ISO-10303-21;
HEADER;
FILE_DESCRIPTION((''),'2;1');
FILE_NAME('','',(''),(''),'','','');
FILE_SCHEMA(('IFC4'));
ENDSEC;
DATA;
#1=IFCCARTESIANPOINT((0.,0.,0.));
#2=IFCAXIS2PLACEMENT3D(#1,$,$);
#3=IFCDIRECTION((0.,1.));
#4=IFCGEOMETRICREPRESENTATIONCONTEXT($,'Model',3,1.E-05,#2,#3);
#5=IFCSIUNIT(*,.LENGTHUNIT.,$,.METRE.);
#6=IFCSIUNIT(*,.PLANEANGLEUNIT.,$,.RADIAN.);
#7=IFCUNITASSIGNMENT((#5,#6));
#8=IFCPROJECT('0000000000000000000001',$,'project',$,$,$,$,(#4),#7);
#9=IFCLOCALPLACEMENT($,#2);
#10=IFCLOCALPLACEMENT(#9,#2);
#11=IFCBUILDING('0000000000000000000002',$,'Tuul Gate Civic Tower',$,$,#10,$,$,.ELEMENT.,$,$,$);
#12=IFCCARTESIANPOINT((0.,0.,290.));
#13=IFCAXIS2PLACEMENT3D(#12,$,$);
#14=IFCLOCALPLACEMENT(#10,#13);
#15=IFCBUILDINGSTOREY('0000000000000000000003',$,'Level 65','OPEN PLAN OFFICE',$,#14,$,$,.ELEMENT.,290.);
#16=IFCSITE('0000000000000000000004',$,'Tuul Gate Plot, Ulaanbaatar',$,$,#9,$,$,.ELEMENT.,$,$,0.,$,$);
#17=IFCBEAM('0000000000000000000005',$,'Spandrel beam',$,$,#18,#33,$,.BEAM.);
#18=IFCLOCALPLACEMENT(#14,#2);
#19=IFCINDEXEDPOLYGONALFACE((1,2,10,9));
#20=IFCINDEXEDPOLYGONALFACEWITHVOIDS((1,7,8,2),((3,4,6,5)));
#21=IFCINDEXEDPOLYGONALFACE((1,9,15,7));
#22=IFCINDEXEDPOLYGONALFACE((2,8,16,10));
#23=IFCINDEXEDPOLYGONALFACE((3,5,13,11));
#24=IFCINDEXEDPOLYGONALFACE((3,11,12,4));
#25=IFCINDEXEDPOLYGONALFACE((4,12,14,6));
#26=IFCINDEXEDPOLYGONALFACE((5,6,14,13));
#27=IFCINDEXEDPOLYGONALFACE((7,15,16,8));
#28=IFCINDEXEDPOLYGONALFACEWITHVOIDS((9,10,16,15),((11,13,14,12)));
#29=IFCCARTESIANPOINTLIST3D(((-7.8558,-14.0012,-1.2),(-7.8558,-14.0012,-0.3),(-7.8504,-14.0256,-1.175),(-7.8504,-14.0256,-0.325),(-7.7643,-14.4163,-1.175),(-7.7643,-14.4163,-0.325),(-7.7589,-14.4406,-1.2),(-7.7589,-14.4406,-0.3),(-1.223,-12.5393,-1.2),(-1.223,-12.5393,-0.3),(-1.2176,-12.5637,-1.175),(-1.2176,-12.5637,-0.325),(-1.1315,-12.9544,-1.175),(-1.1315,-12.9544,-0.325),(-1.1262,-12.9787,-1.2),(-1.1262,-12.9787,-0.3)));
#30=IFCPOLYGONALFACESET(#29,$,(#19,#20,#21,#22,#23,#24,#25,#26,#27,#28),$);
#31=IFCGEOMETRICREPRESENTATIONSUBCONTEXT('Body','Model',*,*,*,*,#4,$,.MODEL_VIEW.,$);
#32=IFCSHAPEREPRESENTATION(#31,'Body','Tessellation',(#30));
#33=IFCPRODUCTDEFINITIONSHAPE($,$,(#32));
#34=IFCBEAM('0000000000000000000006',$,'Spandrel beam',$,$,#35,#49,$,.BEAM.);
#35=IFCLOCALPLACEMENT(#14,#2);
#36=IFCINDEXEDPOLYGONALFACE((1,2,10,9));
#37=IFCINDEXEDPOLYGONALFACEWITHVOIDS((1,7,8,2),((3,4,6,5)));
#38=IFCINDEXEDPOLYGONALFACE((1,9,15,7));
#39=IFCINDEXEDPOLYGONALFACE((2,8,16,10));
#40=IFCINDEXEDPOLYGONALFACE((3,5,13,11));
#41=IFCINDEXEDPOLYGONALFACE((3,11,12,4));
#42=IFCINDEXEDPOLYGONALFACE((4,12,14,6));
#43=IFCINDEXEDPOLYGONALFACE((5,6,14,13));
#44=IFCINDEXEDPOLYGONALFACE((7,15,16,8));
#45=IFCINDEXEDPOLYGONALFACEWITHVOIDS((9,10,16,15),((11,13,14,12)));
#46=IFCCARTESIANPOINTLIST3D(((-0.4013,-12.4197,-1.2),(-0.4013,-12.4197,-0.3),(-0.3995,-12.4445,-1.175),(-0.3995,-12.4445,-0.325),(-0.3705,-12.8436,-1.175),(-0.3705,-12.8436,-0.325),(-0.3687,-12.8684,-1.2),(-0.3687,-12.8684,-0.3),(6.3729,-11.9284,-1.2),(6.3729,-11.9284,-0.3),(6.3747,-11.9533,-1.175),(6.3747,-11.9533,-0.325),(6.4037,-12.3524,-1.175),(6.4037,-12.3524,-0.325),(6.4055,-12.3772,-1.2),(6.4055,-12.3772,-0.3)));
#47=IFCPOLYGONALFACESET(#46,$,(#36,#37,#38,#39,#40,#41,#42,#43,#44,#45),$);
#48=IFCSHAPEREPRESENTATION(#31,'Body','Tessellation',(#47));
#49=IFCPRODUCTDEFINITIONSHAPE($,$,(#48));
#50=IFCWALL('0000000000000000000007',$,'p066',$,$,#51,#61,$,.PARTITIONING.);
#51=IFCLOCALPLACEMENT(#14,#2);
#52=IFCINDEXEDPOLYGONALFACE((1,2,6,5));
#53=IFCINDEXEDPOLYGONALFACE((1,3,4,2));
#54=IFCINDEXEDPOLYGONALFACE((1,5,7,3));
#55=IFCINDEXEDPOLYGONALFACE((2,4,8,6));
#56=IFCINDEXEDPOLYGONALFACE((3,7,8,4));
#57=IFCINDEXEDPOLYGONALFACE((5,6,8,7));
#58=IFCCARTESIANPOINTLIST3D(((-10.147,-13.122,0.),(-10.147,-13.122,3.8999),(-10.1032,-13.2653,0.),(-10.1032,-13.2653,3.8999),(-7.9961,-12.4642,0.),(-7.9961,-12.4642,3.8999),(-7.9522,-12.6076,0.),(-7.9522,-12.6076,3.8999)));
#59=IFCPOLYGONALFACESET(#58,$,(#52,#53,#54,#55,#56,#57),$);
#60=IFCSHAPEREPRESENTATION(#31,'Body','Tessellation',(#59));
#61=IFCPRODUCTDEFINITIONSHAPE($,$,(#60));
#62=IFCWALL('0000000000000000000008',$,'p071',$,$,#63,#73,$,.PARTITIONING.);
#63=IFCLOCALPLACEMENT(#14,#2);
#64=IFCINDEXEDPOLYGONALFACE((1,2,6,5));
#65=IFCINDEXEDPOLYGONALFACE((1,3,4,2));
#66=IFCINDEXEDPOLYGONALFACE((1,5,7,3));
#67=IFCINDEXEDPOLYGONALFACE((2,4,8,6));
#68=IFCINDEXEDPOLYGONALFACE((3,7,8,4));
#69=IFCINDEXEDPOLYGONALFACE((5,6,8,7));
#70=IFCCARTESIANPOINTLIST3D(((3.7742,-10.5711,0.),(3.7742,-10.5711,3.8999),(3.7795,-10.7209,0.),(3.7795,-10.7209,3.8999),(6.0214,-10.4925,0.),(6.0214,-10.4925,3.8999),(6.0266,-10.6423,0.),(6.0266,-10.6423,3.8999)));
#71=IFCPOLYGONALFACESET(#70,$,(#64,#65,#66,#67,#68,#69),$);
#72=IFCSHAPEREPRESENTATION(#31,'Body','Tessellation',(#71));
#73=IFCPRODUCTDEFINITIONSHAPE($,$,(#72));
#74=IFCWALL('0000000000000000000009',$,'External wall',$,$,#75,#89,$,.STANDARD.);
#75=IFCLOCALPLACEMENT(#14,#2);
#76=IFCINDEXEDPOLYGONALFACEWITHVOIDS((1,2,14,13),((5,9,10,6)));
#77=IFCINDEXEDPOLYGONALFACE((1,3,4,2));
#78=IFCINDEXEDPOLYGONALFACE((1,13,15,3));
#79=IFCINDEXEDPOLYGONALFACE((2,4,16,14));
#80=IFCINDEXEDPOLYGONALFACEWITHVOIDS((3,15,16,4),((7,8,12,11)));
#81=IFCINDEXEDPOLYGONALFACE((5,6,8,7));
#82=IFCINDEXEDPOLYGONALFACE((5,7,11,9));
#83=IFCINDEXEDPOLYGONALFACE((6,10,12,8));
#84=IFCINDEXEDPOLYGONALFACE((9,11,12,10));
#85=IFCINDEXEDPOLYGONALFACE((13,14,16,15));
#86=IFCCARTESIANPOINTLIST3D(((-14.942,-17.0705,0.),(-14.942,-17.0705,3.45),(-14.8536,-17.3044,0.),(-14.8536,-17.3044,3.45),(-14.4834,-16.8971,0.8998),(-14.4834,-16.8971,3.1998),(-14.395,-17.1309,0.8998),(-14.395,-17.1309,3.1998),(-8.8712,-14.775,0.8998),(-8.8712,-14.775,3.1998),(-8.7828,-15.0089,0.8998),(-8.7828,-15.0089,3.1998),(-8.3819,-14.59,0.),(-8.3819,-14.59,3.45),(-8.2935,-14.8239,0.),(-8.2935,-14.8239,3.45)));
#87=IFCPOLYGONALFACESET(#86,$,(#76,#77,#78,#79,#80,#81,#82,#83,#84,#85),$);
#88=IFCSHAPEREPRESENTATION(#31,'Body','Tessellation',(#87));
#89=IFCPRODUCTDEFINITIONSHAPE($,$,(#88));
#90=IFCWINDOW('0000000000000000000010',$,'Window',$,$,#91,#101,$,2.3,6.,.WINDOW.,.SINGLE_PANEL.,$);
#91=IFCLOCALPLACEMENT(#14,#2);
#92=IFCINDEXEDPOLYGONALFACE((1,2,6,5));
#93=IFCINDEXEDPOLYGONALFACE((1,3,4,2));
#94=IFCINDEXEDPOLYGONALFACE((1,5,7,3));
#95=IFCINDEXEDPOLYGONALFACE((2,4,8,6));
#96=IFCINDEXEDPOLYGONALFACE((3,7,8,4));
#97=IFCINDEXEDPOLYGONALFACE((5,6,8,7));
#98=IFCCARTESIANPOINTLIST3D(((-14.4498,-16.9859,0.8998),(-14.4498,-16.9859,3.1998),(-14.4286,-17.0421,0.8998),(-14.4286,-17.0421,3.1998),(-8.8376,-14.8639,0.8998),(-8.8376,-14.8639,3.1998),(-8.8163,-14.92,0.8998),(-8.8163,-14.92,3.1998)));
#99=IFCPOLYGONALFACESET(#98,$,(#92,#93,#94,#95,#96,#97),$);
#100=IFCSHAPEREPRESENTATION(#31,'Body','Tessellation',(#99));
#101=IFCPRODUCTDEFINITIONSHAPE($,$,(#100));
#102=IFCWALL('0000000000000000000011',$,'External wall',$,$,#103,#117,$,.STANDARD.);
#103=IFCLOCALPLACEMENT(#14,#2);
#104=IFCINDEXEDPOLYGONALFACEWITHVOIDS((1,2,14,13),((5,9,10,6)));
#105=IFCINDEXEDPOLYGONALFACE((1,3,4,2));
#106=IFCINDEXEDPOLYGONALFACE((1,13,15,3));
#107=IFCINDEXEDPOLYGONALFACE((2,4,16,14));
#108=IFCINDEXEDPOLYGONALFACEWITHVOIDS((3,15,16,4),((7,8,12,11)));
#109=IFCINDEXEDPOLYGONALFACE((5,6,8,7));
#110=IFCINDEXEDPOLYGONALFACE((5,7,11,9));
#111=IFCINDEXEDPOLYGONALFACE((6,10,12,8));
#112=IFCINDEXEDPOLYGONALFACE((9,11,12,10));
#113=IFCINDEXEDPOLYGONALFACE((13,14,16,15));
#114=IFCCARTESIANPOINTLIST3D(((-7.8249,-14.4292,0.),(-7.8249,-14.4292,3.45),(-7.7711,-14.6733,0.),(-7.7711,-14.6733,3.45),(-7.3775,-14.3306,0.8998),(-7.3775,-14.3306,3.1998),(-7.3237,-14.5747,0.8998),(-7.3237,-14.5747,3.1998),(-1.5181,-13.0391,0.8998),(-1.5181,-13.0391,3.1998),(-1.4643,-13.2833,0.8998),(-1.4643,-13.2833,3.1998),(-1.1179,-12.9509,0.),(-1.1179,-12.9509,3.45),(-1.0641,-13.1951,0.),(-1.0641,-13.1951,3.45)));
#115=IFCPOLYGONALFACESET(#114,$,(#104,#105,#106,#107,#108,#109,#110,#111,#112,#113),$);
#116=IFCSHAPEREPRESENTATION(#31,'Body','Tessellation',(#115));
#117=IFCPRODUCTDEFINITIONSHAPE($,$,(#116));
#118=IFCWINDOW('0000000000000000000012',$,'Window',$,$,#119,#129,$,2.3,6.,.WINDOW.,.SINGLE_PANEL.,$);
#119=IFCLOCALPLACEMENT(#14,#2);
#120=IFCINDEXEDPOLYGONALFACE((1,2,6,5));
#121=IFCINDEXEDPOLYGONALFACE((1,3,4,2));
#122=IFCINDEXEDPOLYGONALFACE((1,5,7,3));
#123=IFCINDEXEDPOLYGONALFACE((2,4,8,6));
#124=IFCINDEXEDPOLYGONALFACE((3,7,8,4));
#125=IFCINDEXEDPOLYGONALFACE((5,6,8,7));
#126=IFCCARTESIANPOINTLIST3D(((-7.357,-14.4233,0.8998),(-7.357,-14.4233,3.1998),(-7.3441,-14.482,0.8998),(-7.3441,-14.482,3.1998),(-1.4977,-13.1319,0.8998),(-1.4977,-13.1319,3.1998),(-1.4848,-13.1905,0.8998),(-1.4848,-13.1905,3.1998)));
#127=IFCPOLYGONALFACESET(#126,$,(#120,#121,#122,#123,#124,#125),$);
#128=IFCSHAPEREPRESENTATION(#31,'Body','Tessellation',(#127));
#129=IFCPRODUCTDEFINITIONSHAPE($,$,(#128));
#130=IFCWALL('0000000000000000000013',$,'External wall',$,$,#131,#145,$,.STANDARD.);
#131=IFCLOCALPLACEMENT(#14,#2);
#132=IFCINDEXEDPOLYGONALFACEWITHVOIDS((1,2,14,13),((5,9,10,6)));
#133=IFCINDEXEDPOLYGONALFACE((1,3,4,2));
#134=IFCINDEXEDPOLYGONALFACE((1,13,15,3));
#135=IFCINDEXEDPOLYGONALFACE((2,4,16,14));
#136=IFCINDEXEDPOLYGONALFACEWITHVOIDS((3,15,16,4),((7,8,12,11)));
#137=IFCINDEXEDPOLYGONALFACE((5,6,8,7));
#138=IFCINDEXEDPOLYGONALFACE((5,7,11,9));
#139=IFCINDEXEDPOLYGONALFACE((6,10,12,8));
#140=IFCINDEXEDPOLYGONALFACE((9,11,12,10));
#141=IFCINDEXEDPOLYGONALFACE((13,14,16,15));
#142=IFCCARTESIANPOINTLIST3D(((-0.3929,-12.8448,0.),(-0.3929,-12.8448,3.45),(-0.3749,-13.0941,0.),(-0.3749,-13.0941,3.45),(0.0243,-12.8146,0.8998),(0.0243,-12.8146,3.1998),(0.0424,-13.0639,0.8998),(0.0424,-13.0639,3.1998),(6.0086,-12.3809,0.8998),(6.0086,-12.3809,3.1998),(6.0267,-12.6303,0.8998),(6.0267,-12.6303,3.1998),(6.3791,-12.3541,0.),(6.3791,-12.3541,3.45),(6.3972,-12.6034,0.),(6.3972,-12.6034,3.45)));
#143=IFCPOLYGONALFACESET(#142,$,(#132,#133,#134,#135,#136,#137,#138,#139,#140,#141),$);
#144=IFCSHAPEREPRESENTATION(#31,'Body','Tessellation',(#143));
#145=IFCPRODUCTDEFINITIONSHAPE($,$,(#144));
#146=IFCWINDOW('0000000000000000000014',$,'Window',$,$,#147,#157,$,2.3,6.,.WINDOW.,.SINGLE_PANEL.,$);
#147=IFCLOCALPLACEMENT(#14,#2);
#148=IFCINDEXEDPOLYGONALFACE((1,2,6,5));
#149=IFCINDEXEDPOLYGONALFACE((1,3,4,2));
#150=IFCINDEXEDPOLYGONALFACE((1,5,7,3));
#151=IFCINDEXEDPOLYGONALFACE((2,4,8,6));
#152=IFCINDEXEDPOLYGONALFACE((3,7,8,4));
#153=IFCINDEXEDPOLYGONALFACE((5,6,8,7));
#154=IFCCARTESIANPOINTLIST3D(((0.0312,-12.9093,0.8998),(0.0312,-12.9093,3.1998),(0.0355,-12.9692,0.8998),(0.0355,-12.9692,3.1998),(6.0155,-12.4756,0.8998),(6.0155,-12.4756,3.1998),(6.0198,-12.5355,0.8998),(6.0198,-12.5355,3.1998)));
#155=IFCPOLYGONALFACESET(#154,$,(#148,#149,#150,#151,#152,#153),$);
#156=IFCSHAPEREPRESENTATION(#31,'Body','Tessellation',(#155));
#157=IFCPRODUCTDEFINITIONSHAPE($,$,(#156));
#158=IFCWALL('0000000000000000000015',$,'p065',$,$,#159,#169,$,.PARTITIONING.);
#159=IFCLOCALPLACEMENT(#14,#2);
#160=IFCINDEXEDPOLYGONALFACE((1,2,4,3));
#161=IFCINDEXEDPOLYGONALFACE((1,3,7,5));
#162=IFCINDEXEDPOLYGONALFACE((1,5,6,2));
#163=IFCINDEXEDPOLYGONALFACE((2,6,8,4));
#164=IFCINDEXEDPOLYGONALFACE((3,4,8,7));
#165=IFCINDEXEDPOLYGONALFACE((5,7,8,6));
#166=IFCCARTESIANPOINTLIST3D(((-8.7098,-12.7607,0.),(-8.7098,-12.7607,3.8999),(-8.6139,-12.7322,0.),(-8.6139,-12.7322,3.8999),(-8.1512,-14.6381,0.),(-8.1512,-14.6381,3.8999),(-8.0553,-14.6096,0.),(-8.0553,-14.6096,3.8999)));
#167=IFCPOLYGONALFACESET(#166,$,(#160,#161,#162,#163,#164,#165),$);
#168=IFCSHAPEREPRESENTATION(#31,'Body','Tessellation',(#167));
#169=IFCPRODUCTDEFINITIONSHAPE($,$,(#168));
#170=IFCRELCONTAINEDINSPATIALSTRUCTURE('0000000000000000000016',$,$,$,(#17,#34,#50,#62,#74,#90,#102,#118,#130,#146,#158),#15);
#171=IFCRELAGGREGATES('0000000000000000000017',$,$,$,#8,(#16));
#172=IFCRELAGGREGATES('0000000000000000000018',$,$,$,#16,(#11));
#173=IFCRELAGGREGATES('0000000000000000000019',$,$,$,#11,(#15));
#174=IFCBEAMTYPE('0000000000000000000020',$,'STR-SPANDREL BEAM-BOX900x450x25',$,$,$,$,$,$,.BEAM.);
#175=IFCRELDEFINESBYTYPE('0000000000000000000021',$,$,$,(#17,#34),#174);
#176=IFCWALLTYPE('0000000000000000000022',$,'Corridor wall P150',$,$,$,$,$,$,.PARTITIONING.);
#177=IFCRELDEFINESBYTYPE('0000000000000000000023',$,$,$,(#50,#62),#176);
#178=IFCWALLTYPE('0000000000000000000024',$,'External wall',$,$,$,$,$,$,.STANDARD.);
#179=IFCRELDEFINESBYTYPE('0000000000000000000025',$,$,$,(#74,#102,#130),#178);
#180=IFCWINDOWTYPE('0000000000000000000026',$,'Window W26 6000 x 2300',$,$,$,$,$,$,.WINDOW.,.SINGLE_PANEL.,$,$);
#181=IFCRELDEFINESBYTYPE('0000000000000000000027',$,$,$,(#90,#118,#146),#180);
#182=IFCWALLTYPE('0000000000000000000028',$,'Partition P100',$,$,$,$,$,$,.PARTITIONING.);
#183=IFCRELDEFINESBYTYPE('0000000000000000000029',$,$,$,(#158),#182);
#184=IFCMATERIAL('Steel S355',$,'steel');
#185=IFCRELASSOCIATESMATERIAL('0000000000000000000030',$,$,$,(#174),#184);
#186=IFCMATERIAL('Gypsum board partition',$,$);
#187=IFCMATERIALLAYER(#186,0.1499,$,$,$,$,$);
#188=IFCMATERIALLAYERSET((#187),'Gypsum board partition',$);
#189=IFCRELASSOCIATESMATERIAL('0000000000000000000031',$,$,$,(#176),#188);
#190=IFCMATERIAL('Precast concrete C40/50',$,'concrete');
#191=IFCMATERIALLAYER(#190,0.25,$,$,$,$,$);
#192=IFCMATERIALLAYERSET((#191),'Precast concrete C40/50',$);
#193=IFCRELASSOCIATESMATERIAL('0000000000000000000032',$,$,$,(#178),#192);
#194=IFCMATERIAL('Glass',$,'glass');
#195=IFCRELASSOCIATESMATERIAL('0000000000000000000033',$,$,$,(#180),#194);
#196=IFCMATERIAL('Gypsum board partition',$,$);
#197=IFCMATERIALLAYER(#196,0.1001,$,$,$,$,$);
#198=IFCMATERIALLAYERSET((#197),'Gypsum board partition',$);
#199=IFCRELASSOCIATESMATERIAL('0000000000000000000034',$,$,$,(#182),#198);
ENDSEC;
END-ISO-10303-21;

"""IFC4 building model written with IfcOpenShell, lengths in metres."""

from ifc_helpers import new_model, si_unit, direction, frame, frame_2d, origin, origin_2d, place, context, subcontext, project, spatial, rectangle, hollow_rectangle, extrude, material, layer, layer_set, material_profile, profile_set, type_object, element, fill, save


model = new_model("IFC4")

# Units and contexts
model_context = context("Model", 3, precision=1e-05, world=origin(), true_north=direction((0.0, 1.0)))
body_context = subcontext(model_context, "Body", "Model", "MODEL_VIEW")
ifc_project = project(units=[si_unit("LENGTHUNIT", "METRE"), si_unit("PLANEANGLEUNIT", "RADIAN")], contexts=[model_context])

# Site, building, storey
site_placement = place(None, origin())
site = spatial("IfcSite", under=ifc_project, at=site_placement, Name="Tuul Gate Plot, Ulaanbaatar", CompositionType="ELEMENT", RefElevation=0.0)
building_placement = place(site_placement, origin())
building = spatial("IfcBuilding", under=site, at=building_placement, Name="Tuul Gate Civic Tower", CompositionType="ELEMENT")
storey_placement = place(building_placement, frame((0.0, 0.0, 290.0)))
storey = spatial("IfcBuildingStorey", under=building, at=storey_placement, Name="Level 65", Description="OPEN PLAN OFFICE", CompositionType="ELEMENT", Elevation=290.0)

# Beams
ifc_material_1 = material(Name="Steel S355", Category="steel")
ifc_material_profile_1 = material_profile(ifc_material_1, hollow_rectangle(XDim=0.45, YDim=0.8999, WallThickness=0.0249, at=origin_2d()), Name="BOX900x450x25")
ifc_profile_set_1 = profile_set([ifc_material_profile_1], Name="Steel S355")
beam_type_1 = type_object("IfcBeamType", Name="STR-SPANDREL BEAM-BOX900x450x25", PredefinedType="BEAM", material=ifc_profile_set_1)
for number, where, z_axis, x_axis, name in (
    (1, (-7.8074, -14.2209, -0.75), (0.976561, 0.21524, 0.0), (-0.21524, 0.976561, 0.0), "Spandrel beam"),
    (2, (-0.385, -12.644, -0.75), (0.997381, 0.072322, 0.0), (-0.072322, 0.997381, 0.0), "Spandrel beam"),
):
    element("IfcBeam", number, at=place(storey_placement, frame(where, z_axis=z_axis, x_axis=x_axis)), inside=storey, type_object=beam_type_1, Name=name, PredefinedType="BEAM", context=body_context, shape_type="SweptSolid", body=[
        extrude(hollow_rectangle(XDim=0.45, YDim=0.8999, WallThickness=0.0249, at=origin_2d()), origin(), (0.0, 0.0, 1.0), 6.792),
    ])

# Walls
ifc_material_2 = material(Name="Gypsum board partition")
ifc_layer_1 = layer(ifc_material_2, 0.1499)
ifc_layer_set_1 = layer_set([ifc_layer_1], Name="Gypsum board partition")
wall_type_1 = type_object("IfcWallType", Name="Corridor wall P150", PredefinedType="PARTITIONING", material=ifc_layer_set_1)
wall_1_placement = place(storey_placement, frame((-10.125, -13.1936, 0.0), z_axis=(0.0, 0.0, 1.0), x_axis=(0.956289, 0.292423, 0.0)))
element("IfcWall", 3, at=wall_1_placement, inside=storey, type_object=wall_type_1, Name="p066", PredefinedType="PARTITIONING", context=body_context, shape_type="SweptSolid", body=[
    extrude(rectangle(XDim=2.2493, YDim=0.1499, at=frame_2d((1.1245, 0.0))), origin(), (0.0, 0.0, 1.0), 3.8999),
])
wall_2_placement = place(storey_placement, frame((3.7769, -10.646, 0.0), z_axis=(0.0, 0.0, 1.0), x_axis=(0.999389, 0.034963, 0.0)))
element("IfcWall", 4, at=wall_2_placement, inside=storey, type_object=wall_type_1, Name="p071", PredefinedType="PARTITIONING", context=body_context, shape_type="SweptSolid", body=[
    extrude(rectangle(XDim=2.2485, YDim=0.1499, at=frame_2d((1.1243, 0.0))), origin(), (0.0, 0.0, 1.0), 3.8999),
])

# Walls, openings, windows
ifc_material_3 = material(Name="Precast concrete C40/50", Category="concrete")
ifc_layer_2 = layer(ifc_material_3, 0.25)
ifc_layer_set_2 = layer_set([ifc_layer_2], Name="Precast concrete C40/50")
wall_type_2 = type_object("IfcWallType", Name="External wall", PredefinedType="STANDARD", material=ifc_layer_set_2)
wall_3_placement = place(storey_placement, frame((-14.8979, -17.1875, 0.0), z_axis=(0.0, 0.0, 1.0), x_axis=(0.935367, 0.353678, 0.0)))
wall_3 = element("IfcWall", 5, at=wall_3_placement, inside=storey, type_object=wall_type_2, Name="External wall", PredefinedType="STANDARD", context=body_context, shape_type="SweptSolid", body=[
    extrude(rectangle(XDim=7.0134, YDim=0.25, at=frame_2d((3.5068, 0.0))), origin(), (0.0, 0.0, 1.0), 3.45),
])
opening_1_placement = place(wall_3_placement, frame((0.4905, 0.0, 0.8999)))
opening_1 = element("IfcOpeningElement", 6, at=opening_1_placement, cuts=wall_3, PredefinedType="OPENING", context=body_context, shape_type="SweptSolid", body=[
    extrude(rectangle(XDim=6.0, YDim=2.3, at=frame_2d((3.0, 1.1499))), frame((0.0, 0.135, 0.0), z_axis=(0.0, -1.0, 0.0), x_axis=(1.0, 0.0, 0.0)), (0.0, 0.0, 1.0), 0.27),
])
ifc_material_4 = material(Name="Glass", Category="glass")
window_type = type_object("IfcWindowType", Name="Window W26 6000 x 2300", PartitioningType="SINGLE_PANEL", PredefinedType="WINDOW", material=ifc_material_4)
window_1_placement = place(opening_1_placement, origin())
window_1 = element("IfcWindow", 7, at=window_1_placement, inside=storey, type_object=window_type, Name="Window", OverallHeight=2.3, OverallWidth=6.0, PartitioningType="SINGLE_PANEL", PredefinedType="WINDOW", context=body_context, shape_type="SweptSolid", body=[
    extrude(rectangle(XDim=6.0, YDim=2.3, at=frame_2d((3.0, 1.1499))), frame((0.0, 0.03, 0.0), z_axis=(0.0, -1.0, 0.0), x_axis=(1.0, 0.0, 0.0)), (0.0, 0.0, 1.0), 0.0601),
])
fill(opening_1, window_1)
wall_4_placement = place(storey_placement, frame((-7.7981, -14.5513, 0.0), z_axis=(0.0, 0.0, 1.0), x_axis=(0.976561, 0.21524, 0.0)))
wall_4 = element("IfcWall", 8, at=wall_4_placement, inside=storey, type_object=wall_type_2, Name="External wall", PredefinedType="STANDARD", context=body_context, shape_type="SweptSolid", body=[
    extrude(rectangle(XDim=6.8679, YDim=0.25, at=frame_2d((3.4341, 0.0))), origin(), (0.0, 0.0, 1.0), 3.45),
])
opening_2_placement = place(wall_4_placement, frame((0.4583, 0.0, 0.8999)))
opening_2 = element("IfcOpeningElement", 9, at=opening_2_placement, cuts=wall_4, PredefinedType="OPENING", context=body_context, shape_type="SweptSolid", body=[
    extrude(rectangle(XDim=6.0, YDim=2.3, at=frame_2d((3.0, 1.1499))), frame((0.0, 0.135, 0.0), z_axis=(0.0, -1.0, 0.0), x_axis=(1.0, 0.0, 0.0)), (0.0, 0.0, 1.0), 0.27),
])
window_2_placement = place(opening_2_placement, origin())
window_2 = element("IfcWindow", 10, at=window_2_placement, inside=storey, type_object=window_type, Name="Window", OverallHeight=2.3, OverallWidth=6.0, PartitioningType="SINGLE_PANEL", PredefinedType="WINDOW", context=body_context, shape_type="SweptSolid", body=[
    extrude(rectangle(XDim=6.0, YDim=2.3, at=frame_2d((3.0, 1.1499))), frame((0.0, 0.03, 0.0), z_axis=(0.0, -1.0, 0.0), x_axis=(1.0, 0.0, 0.0)), (0.0, 0.0, 1.0), 0.0601),
])
fill(opening_2, window_2)
wall_5_placement = place(storey_placement, frame((-0.384, -12.9695, 0.0), z_axis=(0.0, 0.0, 1.0), x_axis=(0.997385, 0.072274, 0.0)))
wall_5 = element("IfcWall", 11, at=wall_5_placement, inside=storey, type_object=wall_type_2, Name="External wall", PredefinedType="STANDARD", context=body_context, shape_type="SweptSolid", body=[
    extrude(rectangle(XDim=6.7898, YDim=0.25, at=frame_2d((3.395, 0.0))), origin(), (0.0, 0.0, 1.0), 3.45),
])
opening_3_placement = place(wall_5_placement, frame((0.4185, 0.0, 0.8999)))
opening_3 = element("IfcOpeningElement", 12, at=opening_3_placement, cuts=wall_5, PredefinedType="OPENING", context=body_context, shape_type="SweptSolid", body=[
    extrude(rectangle(XDim=6.0, YDim=2.3, at=frame_2d((3.0, 1.1499))), frame((0.0, 0.135, 0.0), z_axis=(0.0, -1.0, 0.0), x_axis=(1.0, 0.0, 0.0)), (0.0, 0.0, 1.0), 0.27),
])
window_3_placement = place(opening_3_placement, origin())
window_3 = element("IfcWindow", 13, at=window_3_placement, inside=storey, type_object=window_type, Name="Window", OverallHeight=2.3, OverallWidth=6.0, PartitioningType="SINGLE_PANEL", PredefinedType="WINDOW", context=body_context, shape_type="SweptSolid", body=[
    extrude(rectangle(XDim=6.0, YDim=2.3, at=frame_2d((3.0, 1.1499))), frame((0.0, 0.03, 0.0), z_axis=(0.0, -1.0, 0.0), x_axis=(1.0, 0.0, 0.0)), (0.0, 0.0, 1.0), 0.0601),
])
fill(opening_3, window_3)

# Wall
ifc_material_5 = material(Name="Gypsum board partition")
ifc_layer_3 = layer(ifc_material_5, 0.1001)
ifc_layer_set_3 = layer_set([ifc_layer_3], Name="Gypsum board partition")
wall_type_3 = type_object("IfcWallType", Name="Partition P100", PredefinedType="PARTITIONING", material=ifc_layer_set_3)
wall_6_placement = place(storey_placement, frame((-8.6619, -12.7463, 0.0), z_axis=(0.0, 0.0, 1.0), x_axis=(0.285175, -0.958476, 0.0)))
element("IfcWall", 14, at=wall_6_placement, inside=storey, type_object=wall_type_3, Name="p065", PredefinedType="PARTITIONING", context=body_context, shape_type="SweptSolid", body=[
    extrude(rectangle(XDim=1.9587, YDim=0.1001, at=frame_2d((0.9795, 0.0))), origin(), (0.0, 0.0, 1.0), 3.8999),
])

save(model, "model.ifc")
